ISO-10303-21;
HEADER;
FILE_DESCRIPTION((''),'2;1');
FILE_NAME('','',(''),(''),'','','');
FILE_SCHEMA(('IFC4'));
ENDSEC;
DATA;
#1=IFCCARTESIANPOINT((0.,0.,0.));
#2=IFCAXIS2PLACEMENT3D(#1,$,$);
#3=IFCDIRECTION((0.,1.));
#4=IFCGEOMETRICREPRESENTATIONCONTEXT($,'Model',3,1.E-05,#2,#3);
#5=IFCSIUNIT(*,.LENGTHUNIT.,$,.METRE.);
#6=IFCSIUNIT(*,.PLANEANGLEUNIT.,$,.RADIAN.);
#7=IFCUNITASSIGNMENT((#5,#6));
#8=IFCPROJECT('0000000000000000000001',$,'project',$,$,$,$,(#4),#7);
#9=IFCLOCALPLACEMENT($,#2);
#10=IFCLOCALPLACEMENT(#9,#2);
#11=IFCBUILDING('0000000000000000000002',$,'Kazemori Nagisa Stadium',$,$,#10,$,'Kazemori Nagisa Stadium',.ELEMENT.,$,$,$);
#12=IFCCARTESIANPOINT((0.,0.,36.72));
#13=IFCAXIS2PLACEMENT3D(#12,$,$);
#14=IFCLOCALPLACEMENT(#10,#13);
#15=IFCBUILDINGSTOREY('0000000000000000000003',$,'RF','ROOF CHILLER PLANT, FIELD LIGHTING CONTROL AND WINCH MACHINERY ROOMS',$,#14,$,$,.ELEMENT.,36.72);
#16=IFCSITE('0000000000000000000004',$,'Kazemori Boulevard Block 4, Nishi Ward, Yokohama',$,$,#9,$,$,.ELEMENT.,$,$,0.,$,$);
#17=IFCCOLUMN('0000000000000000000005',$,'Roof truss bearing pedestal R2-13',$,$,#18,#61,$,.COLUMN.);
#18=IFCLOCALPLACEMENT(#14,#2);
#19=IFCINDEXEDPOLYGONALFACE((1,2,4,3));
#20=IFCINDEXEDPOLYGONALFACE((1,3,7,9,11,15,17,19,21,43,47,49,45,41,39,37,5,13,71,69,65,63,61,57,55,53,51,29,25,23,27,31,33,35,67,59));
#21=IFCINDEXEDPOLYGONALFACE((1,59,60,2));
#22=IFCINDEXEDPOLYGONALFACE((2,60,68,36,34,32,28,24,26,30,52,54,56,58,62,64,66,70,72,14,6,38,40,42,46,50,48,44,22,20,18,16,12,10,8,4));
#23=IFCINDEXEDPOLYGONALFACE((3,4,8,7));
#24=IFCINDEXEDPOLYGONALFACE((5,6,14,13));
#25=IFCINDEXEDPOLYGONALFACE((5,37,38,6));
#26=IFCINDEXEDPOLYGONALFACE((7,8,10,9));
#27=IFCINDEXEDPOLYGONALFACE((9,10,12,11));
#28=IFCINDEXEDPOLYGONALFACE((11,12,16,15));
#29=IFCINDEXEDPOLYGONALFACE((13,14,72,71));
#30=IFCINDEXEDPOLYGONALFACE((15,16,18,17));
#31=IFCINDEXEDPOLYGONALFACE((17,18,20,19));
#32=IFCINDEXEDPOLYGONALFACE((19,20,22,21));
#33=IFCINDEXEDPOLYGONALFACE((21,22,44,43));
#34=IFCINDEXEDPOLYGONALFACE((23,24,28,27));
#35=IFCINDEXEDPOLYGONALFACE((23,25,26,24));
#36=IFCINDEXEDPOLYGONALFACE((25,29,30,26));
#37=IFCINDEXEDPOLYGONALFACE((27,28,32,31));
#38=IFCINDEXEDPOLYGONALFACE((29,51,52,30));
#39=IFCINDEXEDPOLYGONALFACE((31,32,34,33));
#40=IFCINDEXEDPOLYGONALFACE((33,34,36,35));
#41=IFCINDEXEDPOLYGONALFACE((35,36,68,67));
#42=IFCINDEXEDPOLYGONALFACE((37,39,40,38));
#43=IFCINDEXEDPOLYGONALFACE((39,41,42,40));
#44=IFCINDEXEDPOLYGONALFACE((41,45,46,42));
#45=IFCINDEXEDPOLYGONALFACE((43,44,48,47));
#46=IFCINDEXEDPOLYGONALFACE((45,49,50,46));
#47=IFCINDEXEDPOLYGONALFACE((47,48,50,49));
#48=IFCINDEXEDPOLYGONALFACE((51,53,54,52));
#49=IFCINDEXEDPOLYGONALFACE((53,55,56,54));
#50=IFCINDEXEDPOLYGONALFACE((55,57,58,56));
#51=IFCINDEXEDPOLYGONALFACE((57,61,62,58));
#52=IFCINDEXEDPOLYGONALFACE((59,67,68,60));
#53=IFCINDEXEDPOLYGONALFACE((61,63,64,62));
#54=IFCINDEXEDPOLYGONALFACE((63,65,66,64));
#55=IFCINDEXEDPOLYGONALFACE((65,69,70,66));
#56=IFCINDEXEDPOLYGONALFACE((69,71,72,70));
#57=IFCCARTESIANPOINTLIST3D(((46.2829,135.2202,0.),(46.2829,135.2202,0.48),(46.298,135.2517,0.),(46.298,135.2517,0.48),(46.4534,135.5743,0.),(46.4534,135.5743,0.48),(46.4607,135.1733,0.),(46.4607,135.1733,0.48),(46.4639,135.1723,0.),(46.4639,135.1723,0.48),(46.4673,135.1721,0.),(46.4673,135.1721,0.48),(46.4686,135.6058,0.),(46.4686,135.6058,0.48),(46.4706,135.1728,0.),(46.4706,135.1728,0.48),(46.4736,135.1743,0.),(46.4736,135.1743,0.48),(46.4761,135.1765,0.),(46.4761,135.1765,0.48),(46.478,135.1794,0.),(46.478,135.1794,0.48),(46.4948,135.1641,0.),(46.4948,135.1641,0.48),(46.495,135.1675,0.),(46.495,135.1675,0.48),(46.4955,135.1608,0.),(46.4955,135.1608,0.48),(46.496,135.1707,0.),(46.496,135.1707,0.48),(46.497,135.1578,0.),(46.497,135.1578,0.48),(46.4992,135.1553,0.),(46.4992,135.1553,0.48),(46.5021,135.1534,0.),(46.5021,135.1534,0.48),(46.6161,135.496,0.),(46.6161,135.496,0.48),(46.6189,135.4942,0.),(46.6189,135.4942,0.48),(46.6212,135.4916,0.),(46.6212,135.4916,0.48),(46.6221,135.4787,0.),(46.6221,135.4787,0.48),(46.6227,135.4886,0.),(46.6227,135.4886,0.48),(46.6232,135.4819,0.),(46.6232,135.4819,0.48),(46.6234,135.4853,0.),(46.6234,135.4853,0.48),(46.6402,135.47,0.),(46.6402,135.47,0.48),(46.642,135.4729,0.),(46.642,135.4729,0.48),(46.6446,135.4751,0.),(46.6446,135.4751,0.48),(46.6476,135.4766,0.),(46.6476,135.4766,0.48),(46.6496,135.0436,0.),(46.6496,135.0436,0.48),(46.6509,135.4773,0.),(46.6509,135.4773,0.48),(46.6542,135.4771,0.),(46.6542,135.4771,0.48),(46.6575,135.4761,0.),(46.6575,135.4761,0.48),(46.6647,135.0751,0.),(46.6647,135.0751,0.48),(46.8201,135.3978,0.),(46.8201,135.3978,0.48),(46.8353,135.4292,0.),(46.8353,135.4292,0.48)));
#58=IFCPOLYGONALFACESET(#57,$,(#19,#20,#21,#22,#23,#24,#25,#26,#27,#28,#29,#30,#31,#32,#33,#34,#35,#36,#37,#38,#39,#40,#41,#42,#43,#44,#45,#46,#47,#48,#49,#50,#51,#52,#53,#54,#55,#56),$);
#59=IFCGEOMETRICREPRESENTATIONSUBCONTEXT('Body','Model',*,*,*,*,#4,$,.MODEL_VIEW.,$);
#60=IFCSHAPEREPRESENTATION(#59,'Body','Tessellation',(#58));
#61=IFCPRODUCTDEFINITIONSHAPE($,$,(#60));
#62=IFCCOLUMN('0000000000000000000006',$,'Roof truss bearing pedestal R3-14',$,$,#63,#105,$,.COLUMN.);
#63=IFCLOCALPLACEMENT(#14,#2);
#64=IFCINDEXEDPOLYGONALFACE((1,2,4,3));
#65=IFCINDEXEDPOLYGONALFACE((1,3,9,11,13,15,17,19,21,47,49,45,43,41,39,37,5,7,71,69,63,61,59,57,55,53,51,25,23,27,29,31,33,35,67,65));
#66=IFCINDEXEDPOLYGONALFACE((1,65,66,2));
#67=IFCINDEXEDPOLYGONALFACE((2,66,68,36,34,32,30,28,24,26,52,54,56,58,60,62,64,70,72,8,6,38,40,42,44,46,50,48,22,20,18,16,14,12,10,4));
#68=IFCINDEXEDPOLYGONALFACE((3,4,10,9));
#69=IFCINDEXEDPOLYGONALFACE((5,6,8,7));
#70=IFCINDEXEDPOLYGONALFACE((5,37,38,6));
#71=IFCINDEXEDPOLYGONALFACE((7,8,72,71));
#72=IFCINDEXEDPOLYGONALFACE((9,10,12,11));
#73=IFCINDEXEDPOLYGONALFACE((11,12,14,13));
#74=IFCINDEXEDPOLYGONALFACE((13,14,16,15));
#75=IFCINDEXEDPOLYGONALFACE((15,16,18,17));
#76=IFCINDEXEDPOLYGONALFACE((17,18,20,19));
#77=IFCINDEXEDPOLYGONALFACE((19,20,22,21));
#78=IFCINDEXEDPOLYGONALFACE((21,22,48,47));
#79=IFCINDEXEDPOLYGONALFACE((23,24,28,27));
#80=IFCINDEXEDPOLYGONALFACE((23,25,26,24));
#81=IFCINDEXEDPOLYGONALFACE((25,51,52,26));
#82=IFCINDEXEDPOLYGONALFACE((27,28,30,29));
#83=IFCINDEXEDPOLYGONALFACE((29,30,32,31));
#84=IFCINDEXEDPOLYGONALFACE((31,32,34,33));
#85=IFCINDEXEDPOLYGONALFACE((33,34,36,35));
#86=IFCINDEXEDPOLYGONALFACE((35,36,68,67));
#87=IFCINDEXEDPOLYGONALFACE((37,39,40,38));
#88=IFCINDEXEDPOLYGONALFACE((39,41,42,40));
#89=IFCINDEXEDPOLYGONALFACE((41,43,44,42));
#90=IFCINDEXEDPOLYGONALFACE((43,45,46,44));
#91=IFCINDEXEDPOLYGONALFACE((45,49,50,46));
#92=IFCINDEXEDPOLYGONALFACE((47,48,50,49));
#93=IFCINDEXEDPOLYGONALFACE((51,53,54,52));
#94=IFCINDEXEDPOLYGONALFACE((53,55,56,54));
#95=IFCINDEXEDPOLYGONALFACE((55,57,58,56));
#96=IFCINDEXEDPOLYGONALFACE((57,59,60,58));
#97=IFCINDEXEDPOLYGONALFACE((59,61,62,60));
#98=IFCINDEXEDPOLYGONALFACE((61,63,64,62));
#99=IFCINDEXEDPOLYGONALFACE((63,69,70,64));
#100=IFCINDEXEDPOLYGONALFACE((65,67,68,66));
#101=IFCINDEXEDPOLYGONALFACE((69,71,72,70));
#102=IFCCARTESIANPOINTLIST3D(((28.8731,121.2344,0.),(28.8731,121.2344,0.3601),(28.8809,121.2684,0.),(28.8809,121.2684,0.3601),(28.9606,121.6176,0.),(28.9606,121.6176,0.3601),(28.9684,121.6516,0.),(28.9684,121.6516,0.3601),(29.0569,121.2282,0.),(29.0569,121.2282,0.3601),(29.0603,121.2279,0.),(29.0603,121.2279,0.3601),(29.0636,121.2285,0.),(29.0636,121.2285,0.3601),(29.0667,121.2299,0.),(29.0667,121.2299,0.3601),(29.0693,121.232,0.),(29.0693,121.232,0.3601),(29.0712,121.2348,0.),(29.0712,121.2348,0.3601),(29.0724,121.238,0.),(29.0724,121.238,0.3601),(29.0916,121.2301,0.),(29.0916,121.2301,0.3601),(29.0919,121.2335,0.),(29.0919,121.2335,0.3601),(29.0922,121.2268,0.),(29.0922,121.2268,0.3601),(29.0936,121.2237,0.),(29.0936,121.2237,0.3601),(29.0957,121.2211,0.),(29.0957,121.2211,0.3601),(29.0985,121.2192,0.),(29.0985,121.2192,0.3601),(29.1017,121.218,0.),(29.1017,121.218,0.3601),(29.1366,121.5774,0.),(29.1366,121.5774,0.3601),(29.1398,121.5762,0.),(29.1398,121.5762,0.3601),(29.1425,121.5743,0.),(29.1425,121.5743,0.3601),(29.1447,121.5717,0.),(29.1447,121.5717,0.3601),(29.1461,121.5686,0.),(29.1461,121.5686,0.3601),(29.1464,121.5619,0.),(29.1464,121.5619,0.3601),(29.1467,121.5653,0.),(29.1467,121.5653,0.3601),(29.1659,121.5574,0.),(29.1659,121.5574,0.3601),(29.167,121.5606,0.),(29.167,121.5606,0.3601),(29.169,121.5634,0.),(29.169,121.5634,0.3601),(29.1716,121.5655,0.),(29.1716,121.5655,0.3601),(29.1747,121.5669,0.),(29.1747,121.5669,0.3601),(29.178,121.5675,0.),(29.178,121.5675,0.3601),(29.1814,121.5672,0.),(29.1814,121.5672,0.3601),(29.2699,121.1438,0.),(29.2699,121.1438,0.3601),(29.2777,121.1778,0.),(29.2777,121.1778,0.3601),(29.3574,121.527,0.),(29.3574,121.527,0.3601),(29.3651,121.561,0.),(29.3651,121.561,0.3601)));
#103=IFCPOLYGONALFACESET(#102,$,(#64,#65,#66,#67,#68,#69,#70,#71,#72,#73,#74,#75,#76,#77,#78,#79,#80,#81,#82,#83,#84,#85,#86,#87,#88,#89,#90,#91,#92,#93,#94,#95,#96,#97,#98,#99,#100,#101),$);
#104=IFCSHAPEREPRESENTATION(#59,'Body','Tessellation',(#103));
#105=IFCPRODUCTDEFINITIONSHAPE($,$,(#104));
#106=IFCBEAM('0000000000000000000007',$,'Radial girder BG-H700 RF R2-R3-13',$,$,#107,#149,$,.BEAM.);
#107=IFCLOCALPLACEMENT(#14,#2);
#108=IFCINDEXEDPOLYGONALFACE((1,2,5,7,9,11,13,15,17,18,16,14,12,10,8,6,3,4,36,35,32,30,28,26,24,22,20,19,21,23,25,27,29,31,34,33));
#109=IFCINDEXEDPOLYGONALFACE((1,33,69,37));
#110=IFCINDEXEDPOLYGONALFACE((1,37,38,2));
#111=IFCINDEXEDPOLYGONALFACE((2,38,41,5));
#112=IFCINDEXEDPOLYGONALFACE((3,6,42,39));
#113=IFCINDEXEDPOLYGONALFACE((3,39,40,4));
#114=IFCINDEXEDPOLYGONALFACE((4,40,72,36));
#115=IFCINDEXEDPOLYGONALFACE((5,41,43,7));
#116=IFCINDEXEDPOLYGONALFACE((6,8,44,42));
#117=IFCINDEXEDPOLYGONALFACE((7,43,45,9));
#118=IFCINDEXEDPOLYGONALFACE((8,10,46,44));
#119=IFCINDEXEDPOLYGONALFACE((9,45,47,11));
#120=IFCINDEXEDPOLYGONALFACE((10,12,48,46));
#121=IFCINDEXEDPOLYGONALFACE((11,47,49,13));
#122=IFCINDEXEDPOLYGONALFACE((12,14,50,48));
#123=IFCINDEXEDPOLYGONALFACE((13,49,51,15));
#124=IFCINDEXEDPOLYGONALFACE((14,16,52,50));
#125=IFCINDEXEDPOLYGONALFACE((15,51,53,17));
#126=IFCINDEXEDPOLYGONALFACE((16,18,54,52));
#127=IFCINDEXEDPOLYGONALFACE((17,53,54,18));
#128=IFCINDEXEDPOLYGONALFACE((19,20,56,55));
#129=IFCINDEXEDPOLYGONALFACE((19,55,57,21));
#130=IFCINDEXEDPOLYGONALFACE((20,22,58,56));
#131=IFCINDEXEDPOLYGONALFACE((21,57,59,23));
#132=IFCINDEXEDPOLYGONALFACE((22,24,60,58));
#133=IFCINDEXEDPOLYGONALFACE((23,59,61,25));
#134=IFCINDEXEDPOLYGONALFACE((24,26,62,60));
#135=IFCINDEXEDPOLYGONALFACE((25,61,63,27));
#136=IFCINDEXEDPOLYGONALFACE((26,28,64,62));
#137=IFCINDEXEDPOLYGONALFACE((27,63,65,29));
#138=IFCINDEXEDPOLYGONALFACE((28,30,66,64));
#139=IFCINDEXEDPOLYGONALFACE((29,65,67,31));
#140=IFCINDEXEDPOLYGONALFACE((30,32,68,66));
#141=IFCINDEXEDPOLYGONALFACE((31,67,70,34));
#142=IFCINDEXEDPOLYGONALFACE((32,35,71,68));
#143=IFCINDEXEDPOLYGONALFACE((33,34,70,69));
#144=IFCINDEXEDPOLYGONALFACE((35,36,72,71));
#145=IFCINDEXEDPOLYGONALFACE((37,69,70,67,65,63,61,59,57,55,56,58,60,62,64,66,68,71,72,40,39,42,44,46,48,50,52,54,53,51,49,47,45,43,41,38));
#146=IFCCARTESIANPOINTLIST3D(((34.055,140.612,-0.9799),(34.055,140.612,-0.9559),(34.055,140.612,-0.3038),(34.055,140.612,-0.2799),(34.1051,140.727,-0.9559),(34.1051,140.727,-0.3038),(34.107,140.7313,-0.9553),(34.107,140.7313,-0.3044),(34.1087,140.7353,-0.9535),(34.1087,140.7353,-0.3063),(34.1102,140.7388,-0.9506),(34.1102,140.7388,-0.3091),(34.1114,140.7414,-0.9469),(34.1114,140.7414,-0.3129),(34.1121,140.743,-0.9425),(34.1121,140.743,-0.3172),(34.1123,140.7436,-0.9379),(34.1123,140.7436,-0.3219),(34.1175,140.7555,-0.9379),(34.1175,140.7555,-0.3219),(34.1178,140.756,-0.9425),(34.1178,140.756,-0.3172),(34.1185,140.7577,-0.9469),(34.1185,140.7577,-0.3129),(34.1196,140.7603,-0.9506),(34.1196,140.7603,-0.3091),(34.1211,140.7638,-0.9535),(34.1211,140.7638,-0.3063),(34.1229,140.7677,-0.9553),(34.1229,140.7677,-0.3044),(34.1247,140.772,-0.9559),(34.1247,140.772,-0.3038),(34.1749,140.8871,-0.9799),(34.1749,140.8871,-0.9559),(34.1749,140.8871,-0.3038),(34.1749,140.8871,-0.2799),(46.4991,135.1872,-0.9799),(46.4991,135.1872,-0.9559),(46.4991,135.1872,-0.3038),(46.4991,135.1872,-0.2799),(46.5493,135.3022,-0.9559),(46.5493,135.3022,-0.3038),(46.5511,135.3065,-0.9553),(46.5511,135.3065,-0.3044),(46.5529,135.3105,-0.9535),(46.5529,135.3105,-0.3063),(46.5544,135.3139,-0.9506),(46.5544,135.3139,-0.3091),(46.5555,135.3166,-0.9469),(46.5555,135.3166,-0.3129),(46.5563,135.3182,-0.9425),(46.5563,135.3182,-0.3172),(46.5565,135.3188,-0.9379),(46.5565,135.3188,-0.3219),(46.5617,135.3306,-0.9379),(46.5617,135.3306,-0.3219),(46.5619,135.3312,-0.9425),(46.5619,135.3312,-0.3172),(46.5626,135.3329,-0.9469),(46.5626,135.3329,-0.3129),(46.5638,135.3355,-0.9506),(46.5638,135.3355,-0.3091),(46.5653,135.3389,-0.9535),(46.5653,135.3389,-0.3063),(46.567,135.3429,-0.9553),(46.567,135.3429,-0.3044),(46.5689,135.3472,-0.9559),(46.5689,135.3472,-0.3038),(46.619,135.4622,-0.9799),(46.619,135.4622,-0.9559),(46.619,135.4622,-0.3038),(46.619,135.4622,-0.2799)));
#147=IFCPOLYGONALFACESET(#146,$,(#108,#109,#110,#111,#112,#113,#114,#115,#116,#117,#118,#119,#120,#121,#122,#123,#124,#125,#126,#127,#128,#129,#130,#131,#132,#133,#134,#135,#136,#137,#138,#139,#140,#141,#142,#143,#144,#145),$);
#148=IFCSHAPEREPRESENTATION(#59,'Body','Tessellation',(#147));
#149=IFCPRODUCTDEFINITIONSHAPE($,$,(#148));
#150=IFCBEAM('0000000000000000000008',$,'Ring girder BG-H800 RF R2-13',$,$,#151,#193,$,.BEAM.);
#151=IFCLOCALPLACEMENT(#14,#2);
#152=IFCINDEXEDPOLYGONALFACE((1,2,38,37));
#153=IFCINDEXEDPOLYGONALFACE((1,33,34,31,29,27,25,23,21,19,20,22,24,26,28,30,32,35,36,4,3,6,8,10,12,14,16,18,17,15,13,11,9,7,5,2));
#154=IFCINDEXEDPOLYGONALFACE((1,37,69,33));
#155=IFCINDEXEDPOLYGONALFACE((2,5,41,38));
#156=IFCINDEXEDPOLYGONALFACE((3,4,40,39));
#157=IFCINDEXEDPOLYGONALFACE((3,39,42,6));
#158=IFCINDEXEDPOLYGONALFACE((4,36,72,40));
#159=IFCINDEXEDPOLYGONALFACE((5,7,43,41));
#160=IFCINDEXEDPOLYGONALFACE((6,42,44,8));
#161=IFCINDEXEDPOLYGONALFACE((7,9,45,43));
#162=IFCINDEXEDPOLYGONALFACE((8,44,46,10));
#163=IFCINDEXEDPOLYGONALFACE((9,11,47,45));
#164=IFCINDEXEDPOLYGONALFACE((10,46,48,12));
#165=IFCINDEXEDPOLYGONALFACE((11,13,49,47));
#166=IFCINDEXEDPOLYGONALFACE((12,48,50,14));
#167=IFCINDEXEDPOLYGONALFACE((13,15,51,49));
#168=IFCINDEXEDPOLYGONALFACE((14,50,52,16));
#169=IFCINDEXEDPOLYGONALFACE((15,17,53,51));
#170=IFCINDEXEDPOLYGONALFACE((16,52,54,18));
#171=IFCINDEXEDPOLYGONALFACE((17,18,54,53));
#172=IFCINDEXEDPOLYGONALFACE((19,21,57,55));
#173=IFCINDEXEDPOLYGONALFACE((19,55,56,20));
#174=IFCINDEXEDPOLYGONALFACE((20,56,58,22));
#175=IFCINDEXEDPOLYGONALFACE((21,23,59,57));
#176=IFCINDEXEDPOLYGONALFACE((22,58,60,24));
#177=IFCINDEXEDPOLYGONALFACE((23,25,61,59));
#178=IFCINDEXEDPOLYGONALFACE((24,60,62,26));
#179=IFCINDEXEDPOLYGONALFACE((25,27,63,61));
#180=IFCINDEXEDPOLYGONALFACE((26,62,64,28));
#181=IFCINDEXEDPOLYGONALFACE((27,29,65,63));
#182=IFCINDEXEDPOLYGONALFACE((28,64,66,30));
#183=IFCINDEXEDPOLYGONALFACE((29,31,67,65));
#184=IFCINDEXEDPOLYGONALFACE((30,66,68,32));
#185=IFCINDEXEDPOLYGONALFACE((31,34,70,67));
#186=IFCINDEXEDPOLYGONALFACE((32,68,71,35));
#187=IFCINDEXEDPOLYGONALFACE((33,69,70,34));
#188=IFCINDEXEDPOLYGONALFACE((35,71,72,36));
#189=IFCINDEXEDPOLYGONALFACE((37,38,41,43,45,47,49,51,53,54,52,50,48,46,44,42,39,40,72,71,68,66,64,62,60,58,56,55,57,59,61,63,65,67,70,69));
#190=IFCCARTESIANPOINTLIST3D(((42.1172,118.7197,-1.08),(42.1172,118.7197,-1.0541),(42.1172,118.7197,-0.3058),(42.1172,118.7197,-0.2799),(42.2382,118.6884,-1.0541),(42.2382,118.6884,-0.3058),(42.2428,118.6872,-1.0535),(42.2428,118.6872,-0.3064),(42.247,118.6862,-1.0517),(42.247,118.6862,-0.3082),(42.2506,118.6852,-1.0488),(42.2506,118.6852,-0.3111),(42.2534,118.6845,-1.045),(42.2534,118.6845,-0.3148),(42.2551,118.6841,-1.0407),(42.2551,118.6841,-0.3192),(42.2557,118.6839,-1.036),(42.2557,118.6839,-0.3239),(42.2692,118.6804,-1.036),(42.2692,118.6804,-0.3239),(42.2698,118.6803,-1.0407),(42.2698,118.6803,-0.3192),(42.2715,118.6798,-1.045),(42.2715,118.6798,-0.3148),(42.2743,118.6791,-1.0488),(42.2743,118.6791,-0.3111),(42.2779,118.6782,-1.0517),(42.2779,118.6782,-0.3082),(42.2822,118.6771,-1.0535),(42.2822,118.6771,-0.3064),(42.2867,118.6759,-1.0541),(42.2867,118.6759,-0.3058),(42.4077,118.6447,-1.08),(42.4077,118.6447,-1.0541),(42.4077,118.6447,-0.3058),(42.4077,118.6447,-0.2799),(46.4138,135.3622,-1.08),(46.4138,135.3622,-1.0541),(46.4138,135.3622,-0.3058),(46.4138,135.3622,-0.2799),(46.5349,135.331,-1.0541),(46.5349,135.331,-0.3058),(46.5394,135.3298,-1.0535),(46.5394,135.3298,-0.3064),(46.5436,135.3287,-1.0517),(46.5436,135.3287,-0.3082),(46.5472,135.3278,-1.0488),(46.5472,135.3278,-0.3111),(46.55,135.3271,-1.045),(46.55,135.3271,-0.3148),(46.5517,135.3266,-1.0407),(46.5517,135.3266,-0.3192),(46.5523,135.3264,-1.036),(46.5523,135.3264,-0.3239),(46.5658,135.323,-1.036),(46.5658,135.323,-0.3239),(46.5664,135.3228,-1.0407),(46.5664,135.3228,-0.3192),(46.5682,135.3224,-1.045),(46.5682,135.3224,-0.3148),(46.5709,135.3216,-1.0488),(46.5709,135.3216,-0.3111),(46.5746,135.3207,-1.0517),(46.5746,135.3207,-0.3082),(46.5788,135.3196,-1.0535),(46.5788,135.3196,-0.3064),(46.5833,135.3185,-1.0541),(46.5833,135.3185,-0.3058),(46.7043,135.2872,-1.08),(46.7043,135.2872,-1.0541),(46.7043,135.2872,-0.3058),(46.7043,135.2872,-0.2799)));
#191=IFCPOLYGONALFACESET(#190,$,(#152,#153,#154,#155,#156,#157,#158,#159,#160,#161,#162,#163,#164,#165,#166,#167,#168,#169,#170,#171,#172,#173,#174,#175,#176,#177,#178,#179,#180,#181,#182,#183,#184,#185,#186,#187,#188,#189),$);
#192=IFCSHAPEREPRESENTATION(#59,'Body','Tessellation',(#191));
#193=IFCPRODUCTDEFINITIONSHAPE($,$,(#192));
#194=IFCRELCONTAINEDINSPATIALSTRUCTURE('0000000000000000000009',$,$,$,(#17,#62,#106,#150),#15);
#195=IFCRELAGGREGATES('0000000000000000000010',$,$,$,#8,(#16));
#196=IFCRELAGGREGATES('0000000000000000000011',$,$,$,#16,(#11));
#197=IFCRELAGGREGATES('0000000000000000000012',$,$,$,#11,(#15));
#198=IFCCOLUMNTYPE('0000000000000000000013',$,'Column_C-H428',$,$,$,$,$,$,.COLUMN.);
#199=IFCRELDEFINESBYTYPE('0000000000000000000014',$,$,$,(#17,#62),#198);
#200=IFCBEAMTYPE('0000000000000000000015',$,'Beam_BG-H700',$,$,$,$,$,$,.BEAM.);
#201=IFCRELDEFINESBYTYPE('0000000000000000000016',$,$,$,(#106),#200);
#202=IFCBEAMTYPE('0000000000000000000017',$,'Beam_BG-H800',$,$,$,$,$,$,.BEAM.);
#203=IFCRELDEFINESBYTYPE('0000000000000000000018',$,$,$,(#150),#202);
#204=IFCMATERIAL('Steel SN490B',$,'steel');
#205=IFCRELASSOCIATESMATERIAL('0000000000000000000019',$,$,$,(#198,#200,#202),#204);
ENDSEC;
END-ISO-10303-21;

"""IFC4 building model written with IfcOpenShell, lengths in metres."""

from ifc_helpers import new_model, si_unit, direction, frame, origin, origin_2d, place, context, subcontext, project, spatial, i_section, extrude, material, material_profile, profile_set, type_object, element, save


model = new_model("IFC4")

# Units and contexts
model_context = context("Model", 3, precision=1e-05, world=origin(), true_north=direction((0.0, 1.0)))
body_context = subcontext(model_context, "Body", "Model", "MODEL_VIEW")
ifc_project = project(units=[si_unit("LENGTHUNIT", "METRE"), si_unit("PLANEANGLEUNIT", "RADIAN")], contexts=[model_context])

# Site, building, storey
site_placement = place(None, origin())
site = spatial("IfcSite", under=ifc_project, at=site_placement, Name="Kazemori Boulevard Block 4, Nishi Ward, Yokohama", CompositionType="ELEMENT", RefElevation=0.0)
building_placement = place(site_placement, origin())
building = spatial("IfcBuilding", under=site, at=building_placement, Name="Kazemori Nagisa Stadium", LongName="Kazemori Nagisa Stadium", CompositionType="ELEMENT")
storey_placement = place(building_placement, frame((0.0, 0.0, 36.72)))
storey = spatial("IfcBuildingStorey", under=building, at=storey_placement, Name="RF", Description="ROOF CHILLER PLANT, FIELD LIGHTING CONTROL AND WINCH MACHINERY ROOMS", CompositionType="ELEMENT", Elevation=36.72)

# Columns
ifc_material_1 = material(Name="Steel SN490B", Category="steel")
ifc_material_profile_1 = material_profile(ifc_material_1, i_section(OverallWidth=0.407, OverallDepth=0.428, WebThickness=0.02, FlangeThickness=0.0349, FilletRadius=0.0129, at=origin_2d()), Name="H-428x407x20x35")
ifc_profile_set_1 = profile_set([ifc_material_profile_1], Name="Steel SN490B")
column_type = type_object("IfcColumnType", Name="Column_C-H428", PredefinedType="COLUMN", material=ifc_profile_set_1)
column_1_placement = place(storey_placement, frame((46.5591, 135.3247, 0.0), z_axis=(0.0, 0.0, 1.0), x_axis=(-0.900969, 0.433884, 0.0)))
element("IfcColumn", 1, at=column_1_placement, inside=storey, type_object=column_type, Name="Roof truss bearing pedestal R2-13", PredefinedType="COLUMN", context=body_context, shape_type="SweptSolid", body=[
    extrude(i_section(OverallWidth=0.407, OverallDepth=0.428, WebThickness=0.02, FlangeThickness=0.0349, FilletRadius=0.0129, at=origin_2d()), origin(), (0.0, 0.0, 1.0), 0.48),
])
column_2_placement = place(storey_placement, frame((29.1191, 121.3977, 0.0), z_axis=(0.0, 0.0, 1.0), x_axis=(-0.974928, 0.222521, 0.0)))
element("IfcColumn", 2, at=column_2_placement, inside=storey, type_object=column_type, Name="Roof truss bearing pedestal R3-14", PredefinedType="COLUMN", context=body_context, shape_type="SweptSolid", body=[
    extrude(i_section(OverallWidth=0.407, OverallDepth=0.428, WebThickness=0.02, FlangeThickness=0.0349, FilletRadius=0.0129, at=origin_2d()), origin(), (0.0, 0.0, 1.0), 0.3601),
])

# Beams
ifc_material_profile_2 = material_profile(ifc_material_1, i_section(OverallWidth=0.3, OverallDepth=0.7, WebThickness=0.0129, FlangeThickness=0.0239, FilletRadius=0.0181, at=origin_2d()), Name="H-700x300x13x24")
ifc_profile_set_2 = profile_set([ifc_material_profile_2], Name="Steel SN490B")
beam_type_1 = type_object("IfcBeamType", Name="Beam_BG-H700", PredefinedType="BEAM", material=ifc_profile_set_2)
beam_1_placement = place(storey_placement, frame((46.5591, 135.3247, -0.6299), z_axis=(-0.916684, 0.399614, 0.0), x_axis=(-0.399614, -0.916684, 0.0)))
element("IfcBeam", 3, at=beam_1_placement, inside=storey, type_object=beam_type_1, Name="Radial girder BG-H700 RF R2-R3-13", PredefinedType="BEAM", context=body_context, shape_type="SweptSolid", body=[
    extrude(i_section(OverallWidth=0.3, OverallDepth=0.7, WebThickness=0.0129, FlangeThickness=0.0239, FilletRadius=0.0181, at=origin_2d()), origin(), (0.0, 0.0, 1.0), 13.5752),
])
ifc_material_profile_3 = material_profile(ifc_material_1, i_section(OverallWidth=0.3, OverallDepth=0.8, WebThickness=0.0139, FlangeThickness=0.0259, FilletRadius=0.0181, at=origin_2d()), Name="H-800x300x14x26")
ifc_profile_set_3 = profile_set([ifc_material_profile_3], Name="Steel SN490B")
beam_type_2 = type_object("IfcBeamType", Name="Beam_BG-H800", PredefinedType="BEAM", material=ifc_profile_set_3)
beam_2_placement = place(storey_placement, frame((46.5591, 135.3247, -0.6799), z_axis=(-0.249975, -0.968252, 0.0), x_axis=(0.968252, -0.249975, 0.0)))
element("IfcBeam", 4, at=beam_2_placement, inside=storey, type_object=beam_type_2, Name="Ring girder BG-H800 RF R2-13", PredefinedType="BEAM", context=body_context, shape_type="SweptSolid", body=[
    extrude(i_section(OverallWidth=0.3, OverallDepth=0.8, WebThickness=0.0139, FlangeThickness=0.0259, FilletRadius=0.0181, at=origin_2d()), origin(), (0.0, 0.0, 1.0), 17.1882),
])

save(model, "model.ifc")
